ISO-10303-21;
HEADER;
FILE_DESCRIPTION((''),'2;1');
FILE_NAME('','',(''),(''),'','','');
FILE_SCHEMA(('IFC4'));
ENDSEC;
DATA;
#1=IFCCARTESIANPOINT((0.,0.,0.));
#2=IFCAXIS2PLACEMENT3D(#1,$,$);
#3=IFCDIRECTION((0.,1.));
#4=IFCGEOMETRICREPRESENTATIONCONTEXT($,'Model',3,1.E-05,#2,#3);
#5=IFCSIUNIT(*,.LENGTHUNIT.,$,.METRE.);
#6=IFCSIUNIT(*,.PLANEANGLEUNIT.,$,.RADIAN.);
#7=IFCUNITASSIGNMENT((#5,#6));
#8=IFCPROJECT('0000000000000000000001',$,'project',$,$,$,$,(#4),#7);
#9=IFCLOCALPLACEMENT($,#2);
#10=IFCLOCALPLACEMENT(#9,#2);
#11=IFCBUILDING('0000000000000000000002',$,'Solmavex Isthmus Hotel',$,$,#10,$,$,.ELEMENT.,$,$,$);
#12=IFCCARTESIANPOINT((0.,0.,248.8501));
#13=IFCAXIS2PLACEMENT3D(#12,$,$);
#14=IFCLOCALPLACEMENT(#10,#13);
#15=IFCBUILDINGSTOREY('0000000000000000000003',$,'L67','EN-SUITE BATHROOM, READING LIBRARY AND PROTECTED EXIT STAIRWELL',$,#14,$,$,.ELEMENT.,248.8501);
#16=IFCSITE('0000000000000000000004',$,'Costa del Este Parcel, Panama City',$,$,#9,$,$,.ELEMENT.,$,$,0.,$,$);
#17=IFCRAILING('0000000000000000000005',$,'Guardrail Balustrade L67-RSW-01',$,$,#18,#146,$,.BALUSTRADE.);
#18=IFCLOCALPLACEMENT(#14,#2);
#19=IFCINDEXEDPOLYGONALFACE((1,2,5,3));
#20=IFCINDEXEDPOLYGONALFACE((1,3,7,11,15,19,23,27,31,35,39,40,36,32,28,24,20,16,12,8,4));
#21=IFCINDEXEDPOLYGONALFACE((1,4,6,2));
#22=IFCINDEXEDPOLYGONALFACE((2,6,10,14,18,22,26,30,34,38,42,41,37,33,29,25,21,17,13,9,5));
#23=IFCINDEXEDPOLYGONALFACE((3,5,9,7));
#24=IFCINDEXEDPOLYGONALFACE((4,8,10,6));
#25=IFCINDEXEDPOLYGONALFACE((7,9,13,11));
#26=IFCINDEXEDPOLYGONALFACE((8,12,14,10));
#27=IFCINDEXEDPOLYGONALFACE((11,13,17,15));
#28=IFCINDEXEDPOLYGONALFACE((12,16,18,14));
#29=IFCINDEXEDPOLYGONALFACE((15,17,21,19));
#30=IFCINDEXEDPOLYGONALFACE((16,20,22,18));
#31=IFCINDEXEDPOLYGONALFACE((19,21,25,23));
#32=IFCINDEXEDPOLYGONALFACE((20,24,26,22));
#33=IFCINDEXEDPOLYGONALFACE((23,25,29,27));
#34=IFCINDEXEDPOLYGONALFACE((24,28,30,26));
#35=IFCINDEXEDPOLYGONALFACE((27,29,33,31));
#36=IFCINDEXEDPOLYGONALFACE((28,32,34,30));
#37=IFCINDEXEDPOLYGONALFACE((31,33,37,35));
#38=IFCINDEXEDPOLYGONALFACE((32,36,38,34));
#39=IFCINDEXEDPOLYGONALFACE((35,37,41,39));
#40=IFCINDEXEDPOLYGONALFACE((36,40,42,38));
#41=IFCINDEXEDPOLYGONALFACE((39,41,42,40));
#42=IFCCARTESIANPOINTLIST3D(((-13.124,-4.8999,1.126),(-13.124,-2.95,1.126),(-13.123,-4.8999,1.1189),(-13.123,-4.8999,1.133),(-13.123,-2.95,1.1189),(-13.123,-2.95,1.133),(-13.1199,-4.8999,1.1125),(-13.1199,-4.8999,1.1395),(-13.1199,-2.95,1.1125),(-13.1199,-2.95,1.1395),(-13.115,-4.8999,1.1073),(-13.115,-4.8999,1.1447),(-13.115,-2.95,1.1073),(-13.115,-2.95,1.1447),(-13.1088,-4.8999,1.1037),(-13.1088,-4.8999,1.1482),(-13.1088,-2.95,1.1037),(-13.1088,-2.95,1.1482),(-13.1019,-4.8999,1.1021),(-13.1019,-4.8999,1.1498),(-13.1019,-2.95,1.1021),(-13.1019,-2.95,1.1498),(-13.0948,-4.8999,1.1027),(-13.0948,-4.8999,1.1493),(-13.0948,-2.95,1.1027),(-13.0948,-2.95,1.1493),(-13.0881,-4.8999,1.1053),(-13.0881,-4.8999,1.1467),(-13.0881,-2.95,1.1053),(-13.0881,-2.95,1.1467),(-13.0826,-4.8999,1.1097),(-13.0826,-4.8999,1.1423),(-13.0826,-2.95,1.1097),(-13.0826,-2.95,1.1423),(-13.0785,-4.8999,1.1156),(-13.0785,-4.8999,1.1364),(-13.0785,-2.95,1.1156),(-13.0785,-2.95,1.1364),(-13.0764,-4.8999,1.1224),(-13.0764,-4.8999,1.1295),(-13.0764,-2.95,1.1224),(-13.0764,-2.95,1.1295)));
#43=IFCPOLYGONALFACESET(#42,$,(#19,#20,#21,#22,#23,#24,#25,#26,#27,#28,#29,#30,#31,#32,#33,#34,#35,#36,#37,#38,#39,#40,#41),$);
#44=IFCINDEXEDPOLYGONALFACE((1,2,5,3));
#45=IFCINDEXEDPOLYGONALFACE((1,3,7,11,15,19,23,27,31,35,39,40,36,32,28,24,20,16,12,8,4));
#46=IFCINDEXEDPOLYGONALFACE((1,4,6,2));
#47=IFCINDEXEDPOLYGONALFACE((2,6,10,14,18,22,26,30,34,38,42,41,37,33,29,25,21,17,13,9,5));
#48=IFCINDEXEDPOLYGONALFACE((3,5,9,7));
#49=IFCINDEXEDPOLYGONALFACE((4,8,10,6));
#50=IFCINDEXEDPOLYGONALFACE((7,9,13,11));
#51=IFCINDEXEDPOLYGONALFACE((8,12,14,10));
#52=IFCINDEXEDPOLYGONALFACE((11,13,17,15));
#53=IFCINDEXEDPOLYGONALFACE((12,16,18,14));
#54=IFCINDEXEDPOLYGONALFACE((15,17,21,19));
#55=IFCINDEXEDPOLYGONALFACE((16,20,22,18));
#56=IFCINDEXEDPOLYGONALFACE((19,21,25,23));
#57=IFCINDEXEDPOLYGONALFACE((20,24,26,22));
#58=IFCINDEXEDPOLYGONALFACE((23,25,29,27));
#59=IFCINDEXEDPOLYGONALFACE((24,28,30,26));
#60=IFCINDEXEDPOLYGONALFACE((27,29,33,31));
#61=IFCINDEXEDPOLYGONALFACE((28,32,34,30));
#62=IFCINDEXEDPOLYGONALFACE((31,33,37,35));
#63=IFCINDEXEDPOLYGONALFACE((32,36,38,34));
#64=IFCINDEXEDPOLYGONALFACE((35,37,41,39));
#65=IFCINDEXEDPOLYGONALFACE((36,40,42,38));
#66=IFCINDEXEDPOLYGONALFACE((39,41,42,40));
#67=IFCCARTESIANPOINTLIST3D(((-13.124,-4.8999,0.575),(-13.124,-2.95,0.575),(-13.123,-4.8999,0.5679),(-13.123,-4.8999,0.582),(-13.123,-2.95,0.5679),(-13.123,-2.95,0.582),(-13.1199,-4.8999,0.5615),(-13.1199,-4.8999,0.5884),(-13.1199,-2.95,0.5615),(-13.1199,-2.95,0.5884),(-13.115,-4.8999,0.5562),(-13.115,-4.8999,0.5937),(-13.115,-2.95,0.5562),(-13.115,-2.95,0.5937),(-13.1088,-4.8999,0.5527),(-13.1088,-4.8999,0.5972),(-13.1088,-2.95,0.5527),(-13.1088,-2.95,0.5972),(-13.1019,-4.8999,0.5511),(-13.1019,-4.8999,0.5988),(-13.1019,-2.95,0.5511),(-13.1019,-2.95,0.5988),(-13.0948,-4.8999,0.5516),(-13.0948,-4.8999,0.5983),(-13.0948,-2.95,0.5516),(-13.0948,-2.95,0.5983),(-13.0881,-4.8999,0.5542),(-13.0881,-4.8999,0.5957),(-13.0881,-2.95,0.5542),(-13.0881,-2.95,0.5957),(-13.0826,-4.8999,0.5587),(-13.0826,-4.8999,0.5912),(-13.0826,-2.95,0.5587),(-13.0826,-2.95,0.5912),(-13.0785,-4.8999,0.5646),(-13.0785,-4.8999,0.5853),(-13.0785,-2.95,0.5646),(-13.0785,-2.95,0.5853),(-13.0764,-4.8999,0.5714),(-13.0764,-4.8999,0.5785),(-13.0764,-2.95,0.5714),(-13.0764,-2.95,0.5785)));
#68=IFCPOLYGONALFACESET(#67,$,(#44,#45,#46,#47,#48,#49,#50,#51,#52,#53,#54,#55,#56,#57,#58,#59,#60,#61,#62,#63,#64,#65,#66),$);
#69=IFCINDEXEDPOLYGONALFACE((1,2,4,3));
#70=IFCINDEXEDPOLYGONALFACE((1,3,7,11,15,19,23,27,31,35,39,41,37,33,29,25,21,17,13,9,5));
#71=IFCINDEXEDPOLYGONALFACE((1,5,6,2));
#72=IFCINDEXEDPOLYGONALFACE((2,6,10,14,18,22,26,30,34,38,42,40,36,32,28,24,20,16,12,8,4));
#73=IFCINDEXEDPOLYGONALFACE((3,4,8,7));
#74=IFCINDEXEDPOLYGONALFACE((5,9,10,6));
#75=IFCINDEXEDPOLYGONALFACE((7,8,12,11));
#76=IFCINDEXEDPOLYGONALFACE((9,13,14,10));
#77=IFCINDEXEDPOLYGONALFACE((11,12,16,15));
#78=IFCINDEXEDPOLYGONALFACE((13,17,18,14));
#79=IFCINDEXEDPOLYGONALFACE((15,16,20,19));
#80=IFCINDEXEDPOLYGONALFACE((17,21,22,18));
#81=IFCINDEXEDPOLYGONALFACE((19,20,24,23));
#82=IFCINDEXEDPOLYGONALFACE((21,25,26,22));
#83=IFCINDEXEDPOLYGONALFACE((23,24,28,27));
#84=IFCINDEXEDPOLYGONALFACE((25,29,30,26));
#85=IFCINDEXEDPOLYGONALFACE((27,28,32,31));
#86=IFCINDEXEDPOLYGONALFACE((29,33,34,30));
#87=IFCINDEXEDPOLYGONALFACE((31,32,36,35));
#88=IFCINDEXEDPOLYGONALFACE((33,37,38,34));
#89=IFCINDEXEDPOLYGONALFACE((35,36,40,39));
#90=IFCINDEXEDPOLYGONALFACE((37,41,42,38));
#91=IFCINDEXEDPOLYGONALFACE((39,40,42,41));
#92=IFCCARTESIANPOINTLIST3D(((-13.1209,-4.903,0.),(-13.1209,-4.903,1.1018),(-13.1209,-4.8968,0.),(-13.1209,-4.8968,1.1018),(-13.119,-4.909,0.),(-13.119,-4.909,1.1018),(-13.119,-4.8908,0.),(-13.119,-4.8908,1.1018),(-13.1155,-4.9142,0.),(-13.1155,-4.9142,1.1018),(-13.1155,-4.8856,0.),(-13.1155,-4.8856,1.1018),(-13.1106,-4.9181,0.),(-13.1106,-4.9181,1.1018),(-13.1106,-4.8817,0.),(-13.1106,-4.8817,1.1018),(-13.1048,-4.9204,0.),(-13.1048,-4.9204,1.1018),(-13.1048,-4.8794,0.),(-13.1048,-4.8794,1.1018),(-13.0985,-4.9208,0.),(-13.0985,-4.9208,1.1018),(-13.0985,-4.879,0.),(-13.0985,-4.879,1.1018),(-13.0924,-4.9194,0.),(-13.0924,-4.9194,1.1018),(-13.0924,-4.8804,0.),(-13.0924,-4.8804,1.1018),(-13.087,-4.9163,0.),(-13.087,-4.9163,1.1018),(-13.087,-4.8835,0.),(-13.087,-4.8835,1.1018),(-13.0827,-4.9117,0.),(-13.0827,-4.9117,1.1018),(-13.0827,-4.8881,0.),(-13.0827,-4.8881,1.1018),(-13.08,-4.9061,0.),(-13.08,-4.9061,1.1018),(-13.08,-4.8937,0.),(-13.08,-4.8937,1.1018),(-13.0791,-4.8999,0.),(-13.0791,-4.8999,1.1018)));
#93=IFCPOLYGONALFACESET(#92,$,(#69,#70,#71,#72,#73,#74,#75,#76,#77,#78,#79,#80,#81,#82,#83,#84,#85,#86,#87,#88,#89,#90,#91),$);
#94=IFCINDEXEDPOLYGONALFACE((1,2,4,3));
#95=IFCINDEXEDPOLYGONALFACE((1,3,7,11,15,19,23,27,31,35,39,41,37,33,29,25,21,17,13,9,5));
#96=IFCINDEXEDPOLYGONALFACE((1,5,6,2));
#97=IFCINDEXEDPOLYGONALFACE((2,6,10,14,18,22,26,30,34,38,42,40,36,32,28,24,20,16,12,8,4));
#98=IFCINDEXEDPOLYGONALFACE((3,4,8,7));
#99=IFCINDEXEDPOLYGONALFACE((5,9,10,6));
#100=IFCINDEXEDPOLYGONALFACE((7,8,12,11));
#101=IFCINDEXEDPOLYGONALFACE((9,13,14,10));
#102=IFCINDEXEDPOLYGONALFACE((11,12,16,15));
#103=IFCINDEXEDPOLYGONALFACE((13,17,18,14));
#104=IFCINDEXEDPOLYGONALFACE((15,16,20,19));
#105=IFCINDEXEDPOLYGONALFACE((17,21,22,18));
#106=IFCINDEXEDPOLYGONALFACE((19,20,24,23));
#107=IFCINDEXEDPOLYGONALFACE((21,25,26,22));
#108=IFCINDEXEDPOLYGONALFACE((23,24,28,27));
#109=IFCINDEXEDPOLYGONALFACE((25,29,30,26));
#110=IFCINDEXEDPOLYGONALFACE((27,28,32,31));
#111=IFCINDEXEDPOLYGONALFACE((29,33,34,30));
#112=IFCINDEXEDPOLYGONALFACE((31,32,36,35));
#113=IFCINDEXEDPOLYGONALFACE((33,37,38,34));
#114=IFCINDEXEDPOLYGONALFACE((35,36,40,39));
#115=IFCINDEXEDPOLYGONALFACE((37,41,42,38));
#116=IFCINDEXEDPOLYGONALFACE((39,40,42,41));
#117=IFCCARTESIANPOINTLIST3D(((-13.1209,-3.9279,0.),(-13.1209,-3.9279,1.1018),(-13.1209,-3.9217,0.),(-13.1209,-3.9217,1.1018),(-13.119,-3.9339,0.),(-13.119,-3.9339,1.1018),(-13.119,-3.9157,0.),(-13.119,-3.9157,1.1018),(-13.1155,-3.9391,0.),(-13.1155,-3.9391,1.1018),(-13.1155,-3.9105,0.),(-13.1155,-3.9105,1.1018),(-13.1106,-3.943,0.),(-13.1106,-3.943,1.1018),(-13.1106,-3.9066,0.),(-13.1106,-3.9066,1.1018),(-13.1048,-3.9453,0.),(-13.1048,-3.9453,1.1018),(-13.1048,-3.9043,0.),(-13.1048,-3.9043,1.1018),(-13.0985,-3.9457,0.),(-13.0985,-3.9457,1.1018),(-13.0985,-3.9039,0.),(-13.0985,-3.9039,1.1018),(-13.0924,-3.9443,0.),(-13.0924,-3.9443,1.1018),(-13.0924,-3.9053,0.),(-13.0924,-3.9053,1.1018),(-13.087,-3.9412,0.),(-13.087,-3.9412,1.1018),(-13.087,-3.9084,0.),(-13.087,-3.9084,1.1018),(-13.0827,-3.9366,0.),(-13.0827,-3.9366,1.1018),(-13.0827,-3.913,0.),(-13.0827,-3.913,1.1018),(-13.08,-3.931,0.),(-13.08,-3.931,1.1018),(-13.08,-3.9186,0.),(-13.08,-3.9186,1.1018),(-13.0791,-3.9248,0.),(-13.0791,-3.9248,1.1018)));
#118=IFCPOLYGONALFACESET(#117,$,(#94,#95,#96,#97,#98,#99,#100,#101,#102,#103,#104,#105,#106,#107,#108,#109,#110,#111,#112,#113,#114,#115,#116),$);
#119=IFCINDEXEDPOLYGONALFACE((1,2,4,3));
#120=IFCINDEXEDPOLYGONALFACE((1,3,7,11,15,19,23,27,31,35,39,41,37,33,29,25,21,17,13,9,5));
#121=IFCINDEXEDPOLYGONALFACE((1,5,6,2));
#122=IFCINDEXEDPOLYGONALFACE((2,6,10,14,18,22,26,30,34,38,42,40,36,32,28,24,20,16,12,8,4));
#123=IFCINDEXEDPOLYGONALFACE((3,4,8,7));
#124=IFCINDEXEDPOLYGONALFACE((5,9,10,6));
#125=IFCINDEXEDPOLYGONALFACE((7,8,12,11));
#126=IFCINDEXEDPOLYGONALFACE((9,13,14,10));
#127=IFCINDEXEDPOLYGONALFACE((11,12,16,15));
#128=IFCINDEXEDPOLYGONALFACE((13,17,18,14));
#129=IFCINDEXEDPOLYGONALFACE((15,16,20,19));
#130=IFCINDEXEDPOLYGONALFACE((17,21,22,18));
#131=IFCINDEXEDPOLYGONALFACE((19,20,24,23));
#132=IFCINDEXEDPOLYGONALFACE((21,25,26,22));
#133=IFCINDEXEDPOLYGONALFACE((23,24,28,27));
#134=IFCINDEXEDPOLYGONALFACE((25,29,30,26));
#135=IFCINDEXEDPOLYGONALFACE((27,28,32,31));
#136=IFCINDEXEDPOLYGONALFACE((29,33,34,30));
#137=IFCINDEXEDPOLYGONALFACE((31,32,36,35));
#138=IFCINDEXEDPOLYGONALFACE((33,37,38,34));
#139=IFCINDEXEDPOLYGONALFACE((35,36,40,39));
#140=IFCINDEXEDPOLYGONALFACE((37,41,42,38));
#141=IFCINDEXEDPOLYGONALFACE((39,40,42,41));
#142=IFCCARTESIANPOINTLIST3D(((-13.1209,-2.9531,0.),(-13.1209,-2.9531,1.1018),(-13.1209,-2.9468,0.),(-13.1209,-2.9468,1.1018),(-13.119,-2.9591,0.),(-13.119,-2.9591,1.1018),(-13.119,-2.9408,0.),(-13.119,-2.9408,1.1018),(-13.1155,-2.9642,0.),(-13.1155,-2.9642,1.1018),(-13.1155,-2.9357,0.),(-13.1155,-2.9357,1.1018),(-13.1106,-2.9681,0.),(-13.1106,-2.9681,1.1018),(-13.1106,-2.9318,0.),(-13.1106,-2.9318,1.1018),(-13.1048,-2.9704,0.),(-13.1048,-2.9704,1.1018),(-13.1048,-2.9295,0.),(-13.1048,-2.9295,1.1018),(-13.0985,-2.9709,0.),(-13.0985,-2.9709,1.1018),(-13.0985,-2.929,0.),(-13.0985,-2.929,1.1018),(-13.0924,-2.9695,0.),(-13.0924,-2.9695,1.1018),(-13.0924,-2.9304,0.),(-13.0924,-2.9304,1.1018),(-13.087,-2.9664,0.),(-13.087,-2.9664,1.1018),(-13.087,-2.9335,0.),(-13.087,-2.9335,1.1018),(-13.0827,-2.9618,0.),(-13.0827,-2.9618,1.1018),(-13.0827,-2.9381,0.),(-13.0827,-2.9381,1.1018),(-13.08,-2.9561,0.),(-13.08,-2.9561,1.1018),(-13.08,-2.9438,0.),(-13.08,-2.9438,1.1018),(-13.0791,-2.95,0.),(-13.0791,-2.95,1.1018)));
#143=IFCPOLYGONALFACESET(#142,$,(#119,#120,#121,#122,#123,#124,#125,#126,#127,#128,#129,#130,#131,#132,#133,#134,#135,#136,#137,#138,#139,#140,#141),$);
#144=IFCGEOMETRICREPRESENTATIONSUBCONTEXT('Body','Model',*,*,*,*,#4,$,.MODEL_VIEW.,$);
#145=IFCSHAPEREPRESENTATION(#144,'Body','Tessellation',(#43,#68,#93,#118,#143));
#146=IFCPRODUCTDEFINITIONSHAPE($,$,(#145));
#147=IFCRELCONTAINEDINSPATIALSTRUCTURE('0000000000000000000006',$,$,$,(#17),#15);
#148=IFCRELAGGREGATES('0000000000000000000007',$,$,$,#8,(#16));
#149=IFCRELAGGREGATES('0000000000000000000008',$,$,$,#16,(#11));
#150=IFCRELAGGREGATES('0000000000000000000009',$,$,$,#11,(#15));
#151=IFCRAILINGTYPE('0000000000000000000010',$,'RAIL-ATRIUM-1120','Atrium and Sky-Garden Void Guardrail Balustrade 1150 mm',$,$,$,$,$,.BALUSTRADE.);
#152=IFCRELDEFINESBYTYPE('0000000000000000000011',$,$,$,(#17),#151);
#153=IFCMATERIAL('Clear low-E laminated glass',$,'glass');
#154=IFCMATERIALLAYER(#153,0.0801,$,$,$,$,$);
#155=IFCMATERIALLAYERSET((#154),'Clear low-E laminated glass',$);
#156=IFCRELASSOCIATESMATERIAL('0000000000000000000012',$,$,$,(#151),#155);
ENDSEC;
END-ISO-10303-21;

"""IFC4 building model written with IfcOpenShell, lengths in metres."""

from ifc_helpers import new_model, si_unit, direction, frame, origin, origin_2d, place, context, subcontext, project, spatial, circle, extrude, material, layer, layer_set, type_object, element, save


model = new_model("IFC4")

# Units and contexts
model_context = context("Model", 3, precision=1e-05, world=origin(), true_north=direction((0.0, 1.0)))
body_context = subcontext(model_context, "Body", "Model", "MODEL_VIEW")
ifc_project = project(units=[si_unit("LENGTHUNIT", "METRE"), si_unit("PLANEANGLEUNIT", "RADIAN")], contexts=[model_context])

# Site, building, storey
site_placement = place(None, origin())
site = spatial("IfcSite", under=ifc_project, at=site_placement, Name="Costa del Este Parcel, Panama City", CompositionType="ELEMENT", RefElevation=0.0)
building_placement = place(site_placement, origin())
building = spatial("IfcBuilding", under=site, at=building_placement, Name="Solmavex Isthmus Hotel", CompositionType="ELEMENT")
storey_placement = place(building_placement, frame((0.0, 0.0, 248.8501)))
storey = spatial("IfcBuildingStorey", under=building, at=storey_placement, Name="L67", Description="EN-SUITE BATHROOM, READING LIBRARY AND PROTECTED EXIT STAIRWELL", CompositionType="ELEMENT", Elevation=248.8501)

# Railing
ifc_material_1 = material(Name="Clear low-E laminated glass", Category="glass")
ifc_layer_1 = layer(ifc_material_1, 0.0801)
ifc_layer_set_1 = layer_set([ifc_layer_1], Name="Clear low-E laminated glass")
railing_type_1 = type_object("IfcRailingType", Name="RAIL-ATRIUM-1120", Description="Atrium and Sky-Garden Void Guardrail Balustrade 1150 mm", PredefinedType="BALUSTRADE", material=ifc_layer_set_1)
railing_1_placement = place(storey_placement, frame((-13.1001, -4.8999, 0.0)))
element("IfcRailing", 1, at=railing_1_placement, inside=storey, type_object=railing_type_1, Name="Guardrail Balustrade L67-RSW-01", PredefinedType="BALUSTRADE", context=body_context, shape_type="SweptSolid", body=[
    extrude(circle(Radius=0.0239, at=origin_2d()), frame((0.0, 0.0, 1.126), z_axis=(0.0, 1.0, 0.0), x_axis=(-1.0, 0.0, 0.0)), (0.0, 0.0, 1.0), 1.95),
    extrude(circle(Radius=0.0239, at=origin_2d()), frame((0.0, 0.0, 0.575), z_axis=(0.0, 1.0, 0.0), x_axis=(-1.0, 0.0, 0.0)), (0.0, 0.0, 1.0), 1.95),
    extrude(circle(Radius=0.021, at=origin_2d()), origin(), (0.0, 0.0, 1.0), 1.1018),
    extrude(circle(Radius=0.021, at=origin_2d()), frame((0.0, 0.9751, 0.0)), (0.0, 0.0, 1.0), 1.1018),
    extrude(circle(Radius=0.021, at=origin_2d()), frame((0.0, 1.95, 0.0)), (0.0, 0.0, 1.0), 1.1018),
])

save(model, "model.ifc")
